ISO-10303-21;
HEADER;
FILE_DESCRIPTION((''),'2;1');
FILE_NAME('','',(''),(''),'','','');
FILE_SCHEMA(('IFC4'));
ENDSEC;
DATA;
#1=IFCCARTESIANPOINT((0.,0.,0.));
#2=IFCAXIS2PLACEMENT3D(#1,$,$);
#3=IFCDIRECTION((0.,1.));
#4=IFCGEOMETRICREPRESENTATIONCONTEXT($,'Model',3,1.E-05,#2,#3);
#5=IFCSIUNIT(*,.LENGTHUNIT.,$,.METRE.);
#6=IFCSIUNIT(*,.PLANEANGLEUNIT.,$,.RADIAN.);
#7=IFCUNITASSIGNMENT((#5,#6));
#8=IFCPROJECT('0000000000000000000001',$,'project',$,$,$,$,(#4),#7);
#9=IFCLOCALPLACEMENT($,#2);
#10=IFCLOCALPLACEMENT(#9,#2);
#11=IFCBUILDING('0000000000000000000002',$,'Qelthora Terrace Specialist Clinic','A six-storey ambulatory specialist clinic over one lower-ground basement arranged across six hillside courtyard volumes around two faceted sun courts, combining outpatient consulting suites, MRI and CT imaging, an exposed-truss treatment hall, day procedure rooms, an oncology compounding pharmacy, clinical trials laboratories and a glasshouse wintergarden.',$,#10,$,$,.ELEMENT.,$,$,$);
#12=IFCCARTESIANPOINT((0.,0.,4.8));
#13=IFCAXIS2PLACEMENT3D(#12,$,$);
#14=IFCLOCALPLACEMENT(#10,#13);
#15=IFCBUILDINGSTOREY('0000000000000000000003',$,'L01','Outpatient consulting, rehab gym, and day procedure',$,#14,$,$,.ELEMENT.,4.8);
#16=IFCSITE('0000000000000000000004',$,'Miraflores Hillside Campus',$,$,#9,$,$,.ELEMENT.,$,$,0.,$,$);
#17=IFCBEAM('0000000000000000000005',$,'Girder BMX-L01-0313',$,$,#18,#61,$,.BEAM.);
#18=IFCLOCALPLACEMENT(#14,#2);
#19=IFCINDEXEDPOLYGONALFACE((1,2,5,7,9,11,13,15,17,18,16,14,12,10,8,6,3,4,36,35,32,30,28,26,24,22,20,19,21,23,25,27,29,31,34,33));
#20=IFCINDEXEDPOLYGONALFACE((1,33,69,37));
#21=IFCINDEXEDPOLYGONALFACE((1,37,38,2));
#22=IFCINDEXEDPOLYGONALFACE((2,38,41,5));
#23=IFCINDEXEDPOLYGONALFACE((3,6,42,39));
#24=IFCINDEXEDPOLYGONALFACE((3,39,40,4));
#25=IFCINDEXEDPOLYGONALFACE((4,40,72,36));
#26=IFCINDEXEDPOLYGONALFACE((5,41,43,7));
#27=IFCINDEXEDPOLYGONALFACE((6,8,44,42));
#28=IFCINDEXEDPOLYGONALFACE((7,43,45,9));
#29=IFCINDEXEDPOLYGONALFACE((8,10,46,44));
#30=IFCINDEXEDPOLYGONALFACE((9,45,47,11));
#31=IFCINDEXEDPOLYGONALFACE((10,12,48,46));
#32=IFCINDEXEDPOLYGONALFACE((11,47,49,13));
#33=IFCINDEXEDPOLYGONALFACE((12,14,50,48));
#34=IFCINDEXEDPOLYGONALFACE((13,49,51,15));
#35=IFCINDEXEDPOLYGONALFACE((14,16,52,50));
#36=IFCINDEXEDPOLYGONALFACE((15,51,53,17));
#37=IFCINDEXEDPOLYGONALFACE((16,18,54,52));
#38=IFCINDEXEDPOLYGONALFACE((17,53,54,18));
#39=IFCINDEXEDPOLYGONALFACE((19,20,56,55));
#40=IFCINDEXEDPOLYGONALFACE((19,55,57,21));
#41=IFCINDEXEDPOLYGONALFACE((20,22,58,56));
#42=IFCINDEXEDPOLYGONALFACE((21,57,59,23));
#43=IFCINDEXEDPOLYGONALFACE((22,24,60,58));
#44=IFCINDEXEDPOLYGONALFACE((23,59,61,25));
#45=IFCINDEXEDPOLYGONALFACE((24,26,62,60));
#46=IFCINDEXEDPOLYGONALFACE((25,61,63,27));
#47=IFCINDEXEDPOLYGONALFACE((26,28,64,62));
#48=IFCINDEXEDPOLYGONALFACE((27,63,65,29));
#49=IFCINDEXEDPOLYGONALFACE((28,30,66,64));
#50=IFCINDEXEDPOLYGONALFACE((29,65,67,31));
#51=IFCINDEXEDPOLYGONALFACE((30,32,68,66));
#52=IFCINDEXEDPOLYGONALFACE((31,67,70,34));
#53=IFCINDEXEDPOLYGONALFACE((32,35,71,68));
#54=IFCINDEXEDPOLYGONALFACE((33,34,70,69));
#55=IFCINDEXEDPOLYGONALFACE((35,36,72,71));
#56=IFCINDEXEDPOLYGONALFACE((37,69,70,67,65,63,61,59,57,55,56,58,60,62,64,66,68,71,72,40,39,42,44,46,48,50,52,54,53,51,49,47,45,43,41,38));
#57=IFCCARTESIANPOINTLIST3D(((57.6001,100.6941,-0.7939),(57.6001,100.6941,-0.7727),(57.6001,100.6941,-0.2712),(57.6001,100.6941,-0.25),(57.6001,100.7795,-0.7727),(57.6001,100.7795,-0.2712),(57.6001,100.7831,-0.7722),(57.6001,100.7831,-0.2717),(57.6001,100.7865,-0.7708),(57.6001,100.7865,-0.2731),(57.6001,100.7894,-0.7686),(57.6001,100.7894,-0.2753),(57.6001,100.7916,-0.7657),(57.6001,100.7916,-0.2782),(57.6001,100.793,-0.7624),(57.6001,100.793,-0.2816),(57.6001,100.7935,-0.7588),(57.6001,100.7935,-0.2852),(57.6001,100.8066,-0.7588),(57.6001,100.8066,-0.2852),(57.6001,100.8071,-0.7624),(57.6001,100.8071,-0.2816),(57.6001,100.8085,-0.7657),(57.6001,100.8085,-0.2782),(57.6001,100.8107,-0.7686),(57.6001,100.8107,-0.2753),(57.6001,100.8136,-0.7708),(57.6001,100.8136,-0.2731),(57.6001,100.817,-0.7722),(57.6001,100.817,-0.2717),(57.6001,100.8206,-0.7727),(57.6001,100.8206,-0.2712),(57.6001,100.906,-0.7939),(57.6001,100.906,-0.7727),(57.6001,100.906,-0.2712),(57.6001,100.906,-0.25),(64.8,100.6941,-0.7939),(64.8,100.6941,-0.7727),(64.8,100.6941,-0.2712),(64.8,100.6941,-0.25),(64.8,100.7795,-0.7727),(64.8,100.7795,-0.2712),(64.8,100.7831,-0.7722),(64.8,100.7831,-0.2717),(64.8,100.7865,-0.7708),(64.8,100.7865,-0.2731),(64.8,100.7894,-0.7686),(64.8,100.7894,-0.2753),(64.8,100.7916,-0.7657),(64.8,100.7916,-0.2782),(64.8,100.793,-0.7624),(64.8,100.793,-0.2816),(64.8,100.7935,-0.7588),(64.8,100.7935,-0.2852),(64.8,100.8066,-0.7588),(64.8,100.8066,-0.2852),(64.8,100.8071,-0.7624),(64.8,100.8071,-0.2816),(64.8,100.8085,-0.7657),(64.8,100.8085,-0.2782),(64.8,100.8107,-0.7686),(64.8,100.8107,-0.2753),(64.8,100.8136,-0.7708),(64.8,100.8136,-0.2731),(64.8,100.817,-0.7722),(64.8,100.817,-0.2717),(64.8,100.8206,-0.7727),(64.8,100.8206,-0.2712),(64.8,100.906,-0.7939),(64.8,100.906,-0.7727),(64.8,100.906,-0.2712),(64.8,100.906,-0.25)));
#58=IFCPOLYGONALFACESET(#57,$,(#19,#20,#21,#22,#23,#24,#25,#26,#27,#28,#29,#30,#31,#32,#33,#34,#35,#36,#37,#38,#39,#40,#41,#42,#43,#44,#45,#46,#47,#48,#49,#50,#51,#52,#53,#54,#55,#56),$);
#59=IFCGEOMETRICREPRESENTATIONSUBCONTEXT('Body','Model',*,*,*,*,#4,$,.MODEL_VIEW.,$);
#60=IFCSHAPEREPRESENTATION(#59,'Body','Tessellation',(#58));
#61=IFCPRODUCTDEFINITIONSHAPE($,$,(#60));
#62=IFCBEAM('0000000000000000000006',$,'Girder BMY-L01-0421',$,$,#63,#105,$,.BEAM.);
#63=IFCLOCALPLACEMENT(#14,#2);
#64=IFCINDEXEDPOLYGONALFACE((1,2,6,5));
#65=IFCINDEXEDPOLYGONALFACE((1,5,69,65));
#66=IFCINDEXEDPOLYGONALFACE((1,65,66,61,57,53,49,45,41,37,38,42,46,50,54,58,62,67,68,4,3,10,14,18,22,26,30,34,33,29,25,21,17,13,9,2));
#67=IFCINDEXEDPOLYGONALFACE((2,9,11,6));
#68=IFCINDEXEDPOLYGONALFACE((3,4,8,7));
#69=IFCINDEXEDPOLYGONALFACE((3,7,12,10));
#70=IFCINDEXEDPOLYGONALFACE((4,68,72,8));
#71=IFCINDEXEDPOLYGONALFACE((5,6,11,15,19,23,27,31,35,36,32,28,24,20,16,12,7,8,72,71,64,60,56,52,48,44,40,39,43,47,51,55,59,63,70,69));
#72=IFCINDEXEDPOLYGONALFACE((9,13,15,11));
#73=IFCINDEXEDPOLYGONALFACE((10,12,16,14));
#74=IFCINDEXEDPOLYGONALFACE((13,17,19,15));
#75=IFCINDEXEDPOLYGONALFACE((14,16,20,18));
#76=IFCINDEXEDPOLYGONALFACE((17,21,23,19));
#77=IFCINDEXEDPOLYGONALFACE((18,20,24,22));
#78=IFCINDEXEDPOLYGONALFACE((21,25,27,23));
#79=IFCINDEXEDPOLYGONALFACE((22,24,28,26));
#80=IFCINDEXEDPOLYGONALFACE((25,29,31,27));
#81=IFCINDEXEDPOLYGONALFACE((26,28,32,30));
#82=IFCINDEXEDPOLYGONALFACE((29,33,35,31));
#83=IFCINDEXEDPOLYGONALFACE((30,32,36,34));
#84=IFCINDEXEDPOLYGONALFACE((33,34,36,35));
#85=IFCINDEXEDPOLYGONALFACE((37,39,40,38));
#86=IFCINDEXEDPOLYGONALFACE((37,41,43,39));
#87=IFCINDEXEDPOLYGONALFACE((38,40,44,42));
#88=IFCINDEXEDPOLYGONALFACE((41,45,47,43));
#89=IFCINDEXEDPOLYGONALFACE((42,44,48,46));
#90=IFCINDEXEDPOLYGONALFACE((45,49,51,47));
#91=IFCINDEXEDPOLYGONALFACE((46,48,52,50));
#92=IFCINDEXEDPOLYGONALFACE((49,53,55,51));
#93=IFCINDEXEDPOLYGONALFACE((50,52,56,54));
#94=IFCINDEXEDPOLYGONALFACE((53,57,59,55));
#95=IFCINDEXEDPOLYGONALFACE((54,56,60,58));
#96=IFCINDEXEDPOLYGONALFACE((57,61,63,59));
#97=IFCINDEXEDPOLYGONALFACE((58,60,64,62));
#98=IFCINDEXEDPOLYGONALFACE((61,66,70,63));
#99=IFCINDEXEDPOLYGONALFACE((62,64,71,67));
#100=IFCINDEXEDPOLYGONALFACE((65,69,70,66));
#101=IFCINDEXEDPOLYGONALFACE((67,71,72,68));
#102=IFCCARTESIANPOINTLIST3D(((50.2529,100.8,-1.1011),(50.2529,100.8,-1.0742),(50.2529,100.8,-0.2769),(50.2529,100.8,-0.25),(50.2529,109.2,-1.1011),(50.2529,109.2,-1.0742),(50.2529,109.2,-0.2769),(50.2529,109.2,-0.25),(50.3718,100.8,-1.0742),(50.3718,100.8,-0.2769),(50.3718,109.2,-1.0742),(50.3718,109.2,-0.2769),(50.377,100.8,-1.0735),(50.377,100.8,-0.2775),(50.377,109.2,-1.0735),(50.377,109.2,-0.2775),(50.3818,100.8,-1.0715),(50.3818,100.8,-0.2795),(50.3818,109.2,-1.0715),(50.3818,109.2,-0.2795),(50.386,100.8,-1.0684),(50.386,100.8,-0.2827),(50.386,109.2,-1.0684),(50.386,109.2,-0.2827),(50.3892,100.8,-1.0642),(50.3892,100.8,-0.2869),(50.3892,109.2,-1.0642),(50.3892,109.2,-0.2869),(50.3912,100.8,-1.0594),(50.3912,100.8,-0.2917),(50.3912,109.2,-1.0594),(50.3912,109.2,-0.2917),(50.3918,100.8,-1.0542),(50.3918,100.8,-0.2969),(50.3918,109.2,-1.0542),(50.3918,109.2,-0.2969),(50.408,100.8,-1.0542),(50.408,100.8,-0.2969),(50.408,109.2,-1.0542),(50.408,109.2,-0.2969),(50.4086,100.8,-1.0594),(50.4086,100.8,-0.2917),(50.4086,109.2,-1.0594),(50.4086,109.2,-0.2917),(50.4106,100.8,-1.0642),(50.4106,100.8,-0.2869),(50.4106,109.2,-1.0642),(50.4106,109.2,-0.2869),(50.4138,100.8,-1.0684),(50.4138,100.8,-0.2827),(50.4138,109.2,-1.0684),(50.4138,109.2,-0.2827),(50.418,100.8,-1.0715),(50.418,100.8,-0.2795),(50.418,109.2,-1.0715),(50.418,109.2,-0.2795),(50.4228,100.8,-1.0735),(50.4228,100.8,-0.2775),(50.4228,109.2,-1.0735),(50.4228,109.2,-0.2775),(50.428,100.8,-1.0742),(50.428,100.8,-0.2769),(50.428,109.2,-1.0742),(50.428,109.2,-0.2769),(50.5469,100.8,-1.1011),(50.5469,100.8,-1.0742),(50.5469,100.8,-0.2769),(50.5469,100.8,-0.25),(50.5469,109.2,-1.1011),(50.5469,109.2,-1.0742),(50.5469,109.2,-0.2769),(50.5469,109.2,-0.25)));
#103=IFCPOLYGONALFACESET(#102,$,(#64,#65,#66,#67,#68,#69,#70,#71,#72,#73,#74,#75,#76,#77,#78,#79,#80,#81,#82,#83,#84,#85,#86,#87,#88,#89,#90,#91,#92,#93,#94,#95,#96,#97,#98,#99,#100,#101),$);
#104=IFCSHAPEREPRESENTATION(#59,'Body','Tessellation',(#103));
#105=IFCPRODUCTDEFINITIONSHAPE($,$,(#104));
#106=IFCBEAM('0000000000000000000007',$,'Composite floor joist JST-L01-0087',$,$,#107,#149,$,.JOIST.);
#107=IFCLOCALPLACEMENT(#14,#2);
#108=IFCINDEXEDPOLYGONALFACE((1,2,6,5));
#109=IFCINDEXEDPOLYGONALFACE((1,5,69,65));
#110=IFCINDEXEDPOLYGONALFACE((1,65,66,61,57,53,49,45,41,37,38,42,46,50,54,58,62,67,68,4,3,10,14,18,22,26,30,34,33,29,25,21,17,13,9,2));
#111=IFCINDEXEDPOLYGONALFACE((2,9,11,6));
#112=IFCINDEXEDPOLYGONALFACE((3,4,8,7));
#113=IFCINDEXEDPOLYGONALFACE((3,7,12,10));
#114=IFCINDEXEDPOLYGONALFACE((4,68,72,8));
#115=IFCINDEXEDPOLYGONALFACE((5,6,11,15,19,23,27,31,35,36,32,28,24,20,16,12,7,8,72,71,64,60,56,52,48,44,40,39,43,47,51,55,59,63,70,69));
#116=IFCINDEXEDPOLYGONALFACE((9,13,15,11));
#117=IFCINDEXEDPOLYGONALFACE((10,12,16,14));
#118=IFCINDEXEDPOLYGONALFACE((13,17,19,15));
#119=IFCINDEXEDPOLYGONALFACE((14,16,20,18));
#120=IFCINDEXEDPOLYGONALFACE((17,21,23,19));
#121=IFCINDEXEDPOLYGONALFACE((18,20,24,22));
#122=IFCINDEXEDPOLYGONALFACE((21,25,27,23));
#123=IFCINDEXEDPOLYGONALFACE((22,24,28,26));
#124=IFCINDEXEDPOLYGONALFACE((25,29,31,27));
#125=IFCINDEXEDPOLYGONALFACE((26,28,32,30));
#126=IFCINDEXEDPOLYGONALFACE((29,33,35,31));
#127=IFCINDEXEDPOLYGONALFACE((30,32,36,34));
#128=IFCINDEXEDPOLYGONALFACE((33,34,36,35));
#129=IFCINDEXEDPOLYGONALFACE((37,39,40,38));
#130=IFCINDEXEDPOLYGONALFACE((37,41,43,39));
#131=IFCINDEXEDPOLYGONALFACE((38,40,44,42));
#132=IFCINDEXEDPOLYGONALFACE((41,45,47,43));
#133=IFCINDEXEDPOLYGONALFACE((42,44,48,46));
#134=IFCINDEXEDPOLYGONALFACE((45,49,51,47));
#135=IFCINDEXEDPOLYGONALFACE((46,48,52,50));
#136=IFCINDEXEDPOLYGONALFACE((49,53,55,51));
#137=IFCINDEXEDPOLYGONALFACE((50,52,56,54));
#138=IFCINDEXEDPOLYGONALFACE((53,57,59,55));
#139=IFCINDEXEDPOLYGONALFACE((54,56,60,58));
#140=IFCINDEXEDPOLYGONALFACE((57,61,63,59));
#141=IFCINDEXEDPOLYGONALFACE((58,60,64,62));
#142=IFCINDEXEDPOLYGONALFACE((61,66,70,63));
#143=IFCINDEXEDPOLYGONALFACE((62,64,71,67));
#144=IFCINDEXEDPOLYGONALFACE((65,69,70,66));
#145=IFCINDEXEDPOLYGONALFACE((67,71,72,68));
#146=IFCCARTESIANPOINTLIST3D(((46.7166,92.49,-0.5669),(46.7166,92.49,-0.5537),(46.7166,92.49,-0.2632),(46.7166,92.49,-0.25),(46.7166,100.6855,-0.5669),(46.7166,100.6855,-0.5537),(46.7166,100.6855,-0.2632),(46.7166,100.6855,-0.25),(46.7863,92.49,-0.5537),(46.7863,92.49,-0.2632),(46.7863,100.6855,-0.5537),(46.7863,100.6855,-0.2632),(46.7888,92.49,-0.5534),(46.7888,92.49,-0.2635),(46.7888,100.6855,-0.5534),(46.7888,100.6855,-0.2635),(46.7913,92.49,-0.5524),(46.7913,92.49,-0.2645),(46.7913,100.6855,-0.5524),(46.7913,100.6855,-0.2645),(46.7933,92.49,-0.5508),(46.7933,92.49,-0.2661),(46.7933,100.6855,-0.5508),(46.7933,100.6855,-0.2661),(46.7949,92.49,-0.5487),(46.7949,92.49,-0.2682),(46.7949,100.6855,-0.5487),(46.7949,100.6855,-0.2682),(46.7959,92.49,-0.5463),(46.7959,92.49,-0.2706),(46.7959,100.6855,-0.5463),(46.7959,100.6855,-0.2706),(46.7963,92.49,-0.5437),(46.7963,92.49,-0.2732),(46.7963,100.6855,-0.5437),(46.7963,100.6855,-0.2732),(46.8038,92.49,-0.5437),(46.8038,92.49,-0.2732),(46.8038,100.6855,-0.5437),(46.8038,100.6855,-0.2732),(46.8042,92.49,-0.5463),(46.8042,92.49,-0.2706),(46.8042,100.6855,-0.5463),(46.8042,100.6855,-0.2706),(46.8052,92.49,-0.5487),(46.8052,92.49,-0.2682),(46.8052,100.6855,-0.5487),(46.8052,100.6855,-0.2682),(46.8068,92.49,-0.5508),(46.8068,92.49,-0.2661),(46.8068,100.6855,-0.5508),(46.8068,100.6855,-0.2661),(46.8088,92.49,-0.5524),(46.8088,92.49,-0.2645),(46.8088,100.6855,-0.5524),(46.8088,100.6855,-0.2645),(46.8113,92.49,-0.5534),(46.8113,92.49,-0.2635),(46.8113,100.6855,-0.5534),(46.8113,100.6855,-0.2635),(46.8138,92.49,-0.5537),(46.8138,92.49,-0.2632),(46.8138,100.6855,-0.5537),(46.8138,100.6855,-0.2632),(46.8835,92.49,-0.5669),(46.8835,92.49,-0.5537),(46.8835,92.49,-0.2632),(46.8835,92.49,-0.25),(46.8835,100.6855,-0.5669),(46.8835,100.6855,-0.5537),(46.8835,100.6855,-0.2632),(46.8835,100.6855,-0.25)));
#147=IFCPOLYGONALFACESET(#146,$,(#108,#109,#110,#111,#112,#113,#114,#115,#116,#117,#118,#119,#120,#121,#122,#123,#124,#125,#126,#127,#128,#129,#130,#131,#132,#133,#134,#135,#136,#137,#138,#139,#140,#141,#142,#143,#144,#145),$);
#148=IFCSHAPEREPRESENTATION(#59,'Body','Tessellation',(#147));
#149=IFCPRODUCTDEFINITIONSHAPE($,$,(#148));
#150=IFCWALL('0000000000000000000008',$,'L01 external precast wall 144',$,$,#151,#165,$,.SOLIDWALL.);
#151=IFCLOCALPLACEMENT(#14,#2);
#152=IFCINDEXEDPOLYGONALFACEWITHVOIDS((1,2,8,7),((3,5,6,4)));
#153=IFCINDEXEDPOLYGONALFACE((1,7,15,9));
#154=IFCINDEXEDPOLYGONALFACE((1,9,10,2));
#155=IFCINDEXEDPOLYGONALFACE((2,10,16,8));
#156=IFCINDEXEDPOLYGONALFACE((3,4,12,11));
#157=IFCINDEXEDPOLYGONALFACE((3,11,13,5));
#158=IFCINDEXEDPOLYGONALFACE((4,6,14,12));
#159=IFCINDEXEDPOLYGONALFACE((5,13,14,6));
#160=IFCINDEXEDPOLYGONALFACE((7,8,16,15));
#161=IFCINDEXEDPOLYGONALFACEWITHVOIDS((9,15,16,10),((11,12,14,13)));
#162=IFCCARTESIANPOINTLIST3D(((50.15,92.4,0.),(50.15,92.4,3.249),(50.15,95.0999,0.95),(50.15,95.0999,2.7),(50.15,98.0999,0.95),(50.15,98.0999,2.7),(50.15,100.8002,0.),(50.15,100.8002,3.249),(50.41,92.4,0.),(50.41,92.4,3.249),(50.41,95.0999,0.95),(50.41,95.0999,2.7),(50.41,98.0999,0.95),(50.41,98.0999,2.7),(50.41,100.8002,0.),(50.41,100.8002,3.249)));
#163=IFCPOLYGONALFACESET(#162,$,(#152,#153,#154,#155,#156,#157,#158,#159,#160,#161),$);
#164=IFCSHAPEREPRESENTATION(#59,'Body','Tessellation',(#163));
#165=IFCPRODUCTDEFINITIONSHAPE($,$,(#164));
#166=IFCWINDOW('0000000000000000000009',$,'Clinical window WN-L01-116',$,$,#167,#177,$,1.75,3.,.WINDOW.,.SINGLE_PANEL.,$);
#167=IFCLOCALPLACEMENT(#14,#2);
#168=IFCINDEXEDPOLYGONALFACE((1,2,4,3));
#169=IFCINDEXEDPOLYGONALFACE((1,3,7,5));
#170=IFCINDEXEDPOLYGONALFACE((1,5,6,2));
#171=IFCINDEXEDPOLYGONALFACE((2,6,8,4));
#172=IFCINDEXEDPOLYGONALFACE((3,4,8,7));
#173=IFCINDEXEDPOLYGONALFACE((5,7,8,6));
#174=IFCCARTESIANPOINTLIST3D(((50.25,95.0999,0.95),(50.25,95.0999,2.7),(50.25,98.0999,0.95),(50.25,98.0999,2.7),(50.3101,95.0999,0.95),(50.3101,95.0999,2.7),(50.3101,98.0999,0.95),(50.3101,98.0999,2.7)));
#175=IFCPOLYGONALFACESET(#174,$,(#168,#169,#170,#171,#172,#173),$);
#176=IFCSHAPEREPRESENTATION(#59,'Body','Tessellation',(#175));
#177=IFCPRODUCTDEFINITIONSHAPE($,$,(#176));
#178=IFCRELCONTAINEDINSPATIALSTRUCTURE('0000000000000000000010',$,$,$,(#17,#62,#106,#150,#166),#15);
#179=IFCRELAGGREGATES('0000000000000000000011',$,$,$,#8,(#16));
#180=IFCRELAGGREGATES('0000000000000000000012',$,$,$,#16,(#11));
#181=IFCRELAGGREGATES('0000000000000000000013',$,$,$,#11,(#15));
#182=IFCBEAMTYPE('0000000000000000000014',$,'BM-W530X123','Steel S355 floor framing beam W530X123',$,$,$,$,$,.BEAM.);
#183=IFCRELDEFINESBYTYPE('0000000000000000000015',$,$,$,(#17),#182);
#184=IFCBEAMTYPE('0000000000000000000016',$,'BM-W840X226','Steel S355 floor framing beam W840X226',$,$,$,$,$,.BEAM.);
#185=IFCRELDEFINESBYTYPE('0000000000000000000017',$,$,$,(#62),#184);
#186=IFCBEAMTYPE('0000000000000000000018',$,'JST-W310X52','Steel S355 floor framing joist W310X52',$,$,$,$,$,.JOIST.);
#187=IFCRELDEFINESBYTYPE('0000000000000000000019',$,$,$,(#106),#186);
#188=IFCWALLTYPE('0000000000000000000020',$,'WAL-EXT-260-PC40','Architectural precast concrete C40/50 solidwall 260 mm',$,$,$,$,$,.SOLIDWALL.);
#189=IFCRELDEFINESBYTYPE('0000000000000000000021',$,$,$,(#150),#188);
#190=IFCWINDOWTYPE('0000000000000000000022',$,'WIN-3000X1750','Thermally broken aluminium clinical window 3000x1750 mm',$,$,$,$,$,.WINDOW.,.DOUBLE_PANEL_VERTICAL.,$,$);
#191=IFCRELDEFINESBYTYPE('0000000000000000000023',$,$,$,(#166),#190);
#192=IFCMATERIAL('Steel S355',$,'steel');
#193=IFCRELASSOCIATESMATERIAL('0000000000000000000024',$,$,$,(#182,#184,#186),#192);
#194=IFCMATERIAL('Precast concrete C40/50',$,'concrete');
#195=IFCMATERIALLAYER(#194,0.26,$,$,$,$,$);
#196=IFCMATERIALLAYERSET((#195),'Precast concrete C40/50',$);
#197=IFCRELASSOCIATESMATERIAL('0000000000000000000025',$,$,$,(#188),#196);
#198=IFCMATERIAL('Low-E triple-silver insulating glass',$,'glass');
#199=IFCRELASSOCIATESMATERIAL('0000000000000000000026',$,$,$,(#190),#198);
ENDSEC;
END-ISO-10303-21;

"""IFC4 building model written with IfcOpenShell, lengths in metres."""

from ifc_helpers import new_model, si_unit, direction, frame, frame_2d, origin, origin_2d, place, context, subcontext, project, spatial, rectangle, i_section, extrude, material, layer, layer_set, material_profile, profile_set, type_object, element, fill, save


model = new_model("IFC4")

# Units and contexts
model_context = context("Model", 3, precision=1e-05, world=origin(), true_north=direction((0.0, 1.0)))
body_context = subcontext(model_context, "Body", "Model", "MODEL_VIEW")
ifc_project = project(units=[si_unit("LENGTHUNIT", "METRE"), si_unit("PLANEANGLEUNIT", "RADIAN")], contexts=[model_context])

# Site, building, storey
site_placement = place(None, origin())
site = spatial("IfcSite", under=ifc_project, at=site_placement, Name="Miraflores Hillside Campus", CompositionType="ELEMENT", RefElevation=0.0)
building_placement = place(site_placement, origin())
building = spatial("IfcBuilding", under=site, at=building_placement, Name="Qelthora Terrace Specialist Clinic", Description="A six-storey ambulatory specialist clinic over one lower-ground basement arranged across six hillside courtyard volumes around two faceted sun courts, combining outpatient consulting suites, MRI and CT imaging, an exposed-truss treatment hall, day procedure rooms, an oncology compounding pharmacy, clinical trials laboratories and a glasshouse wintergarden.", CompositionType="ELEMENT")
storey_placement = place(building_placement, frame((0.0, 0.0, 4.8)))
storey = spatial("IfcBuildingStorey", under=building, at=storey_placement, Name="L01", Description="Outpatient consulting, rehab gym, and day procedure", CompositionType="ELEMENT", Elevation=4.8)

# Shared definitions
ifc_material_1 = material(Name="Steel S355", Category="steel")

# Beams
ifc_material_profile_1 = material_profile(ifc_material_1, i_section(OverallWidth=0.2119, OverallDepth=0.5439, WebThickness=0.0132, FlangeThickness=0.0212, FilletRadius=0.0139, at=origin_2d()), Name="W530X123")
ifc_profile_set_1 = profile_set([ifc_material_profile_1], Name="Steel S355")
beam_type_1 = type_object("IfcBeamType", Name="BM-W530X123", Description="Steel S355 floor framing beam W530X123", PredefinedType="BEAM", material=ifc_profile_set_1)
beam_1_placement = place(storey_placement, frame((57.6001, 100.8, -0.522), z_axis=(1.0, 0.0, 0.0), x_axis=(0.0, 1.0, 0.0)))
element("IfcBeam", 1, at=beam_1_placement, inside=storey, type_object=beam_type_1, Name="Girder BMX-L01-0313", PredefinedType="BEAM", context=body_context, shape_type="SweptSolid", body=[
    extrude(i_section(OverallWidth=0.2119, OverallDepth=0.5439, WebThickness=0.0132, FlangeThickness=0.0212, FilletRadius=0.0139, at=origin_2d()), origin(), (0.0, 0.0, 1.0), 7.2),
])
ifc_material_profile_2 = material_profile(ifc_material_1, i_section(OverallWidth=0.2939, OverallDepth=0.8511, WebThickness=0.0161, FlangeThickness=0.0269, FilletRadius=0.02, at=origin_2d()), Name="W840X226")
ifc_profile_set_2 = profile_set([ifc_material_profile_2], Name="Steel S355")
beam_type_2 = type_object("IfcBeamType", Name="BM-W840X226", Description="Steel S355 floor framing beam W840X226", PredefinedType="BEAM", material=ifc_profile_set_2)
beam_2_placement = place(storey_placement, frame((50.3999, 100.8, -0.6755), z_axis=(0.0, 1.0, 0.0), x_axis=(-1.0, 0.0, 0.0)))
element("IfcBeam", 2, at=beam_2_placement, inside=storey, type_object=beam_type_2, Name="Girder BMY-L01-0421", PredefinedType="BEAM", context=body_context, shape_type="SweptSolid", body=[
    extrude(i_section(OverallWidth=0.2939, OverallDepth=0.8511, WebThickness=0.0161, FlangeThickness=0.0269, FilletRadius=0.02, at=origin_2d()), origin(), (0.0, 0.0, 1.0), 8.3999),
])
ifc_material_profile_3 = material_profile(ifc_material_1, i_section(OverallWidth=0.167, OverallDepth=0.3169, WebThickness=0.0076, FlangeThickness=0.0132, FilletRadius=0.01, at=origin_2d()), Name="W310X52")
ifc_profile_set_3 = profile_set([ifc_material_profile_3], Name="Steel S355")
beam_type_3 = type_object("IfcBeamType", Name="JST-W310X52", Description="Steel S355 floor framing joist W310X52", PredefinedType="JOIST", material=ifc_profile_set_3)
beam_3_placement = place(storey_placement, frame((46.8, 92.49, -0.4084), z_axis=(0.0, 1.0, 0.0), x_axis=(-1.0, 0.0, 0.0)))
element("IfcBeam", 3, at=beam_3_placement, inside=storey, type_object=beam_type_3, Name="Composite floor joist JST-L01-0087", PredefinedType="JOIST", context=body_context, shape_type="SweptSolid", body=[
    extrude(i_section(OverallWidth=0.167, OverallDepth=0.3169, WebThickness=0.0076, FlangeThickness=0.0132, FilletRadius=0.01, at=origin_2d()), origin(), (0.0, 0.0, 1.0), 8.1956),
])

# Wall, opening, window
ifc_material_2 = material(Name="Precast concrete C40/50", Category="concrete")
ifc_layer_1 = layer(ifc_material_2, 0.26)
ifc_layer_set_1 = layer_set([ifc_layer_1], Name="Precast concrete C40/50")
wall_type_1 = type_object("IfcWallType", Name="WAL-EXT-260-PC40", Description="Architectural precast concrete C40/50 solidwall 260 mm", PredefinedType="SOLIDWALL", material=ifc_layer_set_1)
wall_1_placement = place(storey_placement, frame((50.28, 92.3999, 0.0), z_axis=(0.0, 0.0, 1.0), x_axis=(0.0, 1.0, 0.0)))
wall_1 = element("IfcWall", 4, at=wall_1_placement, inside=storey, type_object=wall_type_1, Name="L01 external precast wall 144", PredefinedType="SOLIDWALL", context=body_context, shape_type="SweptSolid", body=[
    extrude(rectangle(XDim=8.4001, YDim=0.26, at=frame_2d((4.2002, 0.0))), origin(), (0.0, 0.0, 1.0), 3.249),
])
opening_1_placement = place(wall_1_placement, frame((2.7, 0.0, 0.95)))
opening_1 = element("IfcOpeningElement", 5, at=opening_1_placement, cuts=wall_1, PredefinedType="OPENING", context=body_context, shape_type="SweptSolid", body=[
    extrude(rectangle(XDim=3.0, YDim=1.75, at=frame_2d((1.5, 0.875))), frame((0.0, 0.1399, 0.0), z_axis=(0.0, -1.0, 0.0), x_axis=(1.0, 0.0, 0.0)), (0.0, 0.0, 1.0), 0.28),
])
ifc_material_3 = material(Name="Low-E triple-silver insulating glass", Category="glass")
window_type_1 = type_object("IfcWindowType", Name="WIN-3000X1750", Description="Thermally broken aluminium clinical window 3000x1750 mm", PartitioningType="DOUBLE_PANEL_VERTICAL", PredefinedType="WINDOW", material=ifc_material_3)
window_1_placement = place(opening_1_placement, origin())
window_1 = element("IfcWindow", 6, at=window_1_placement, inside=storey, type_object=window_type_1, Name="Clinical window WN-L01-116", OverallHeight=1.75, OverallWidth=3.0, PartitioningType="SINGLE_PANEL", PredefinedType="WINDOW", context=body_context, shape_type="SweptSolid", body=[
    extrude(rectangle(XDim=3.0, YDim=1.75, at=frame_2d((1.5, 0.875))), frame((0.0, 0.03, 0.0), z_axis=(0.0, -1.0, 0.0), x_axis=(1.0, 0.0, 0.0)), (0.0, 0.0, 1.0), 0.0601),
])
fill(opening_1, window_1)

save(model, "model.ifc")
